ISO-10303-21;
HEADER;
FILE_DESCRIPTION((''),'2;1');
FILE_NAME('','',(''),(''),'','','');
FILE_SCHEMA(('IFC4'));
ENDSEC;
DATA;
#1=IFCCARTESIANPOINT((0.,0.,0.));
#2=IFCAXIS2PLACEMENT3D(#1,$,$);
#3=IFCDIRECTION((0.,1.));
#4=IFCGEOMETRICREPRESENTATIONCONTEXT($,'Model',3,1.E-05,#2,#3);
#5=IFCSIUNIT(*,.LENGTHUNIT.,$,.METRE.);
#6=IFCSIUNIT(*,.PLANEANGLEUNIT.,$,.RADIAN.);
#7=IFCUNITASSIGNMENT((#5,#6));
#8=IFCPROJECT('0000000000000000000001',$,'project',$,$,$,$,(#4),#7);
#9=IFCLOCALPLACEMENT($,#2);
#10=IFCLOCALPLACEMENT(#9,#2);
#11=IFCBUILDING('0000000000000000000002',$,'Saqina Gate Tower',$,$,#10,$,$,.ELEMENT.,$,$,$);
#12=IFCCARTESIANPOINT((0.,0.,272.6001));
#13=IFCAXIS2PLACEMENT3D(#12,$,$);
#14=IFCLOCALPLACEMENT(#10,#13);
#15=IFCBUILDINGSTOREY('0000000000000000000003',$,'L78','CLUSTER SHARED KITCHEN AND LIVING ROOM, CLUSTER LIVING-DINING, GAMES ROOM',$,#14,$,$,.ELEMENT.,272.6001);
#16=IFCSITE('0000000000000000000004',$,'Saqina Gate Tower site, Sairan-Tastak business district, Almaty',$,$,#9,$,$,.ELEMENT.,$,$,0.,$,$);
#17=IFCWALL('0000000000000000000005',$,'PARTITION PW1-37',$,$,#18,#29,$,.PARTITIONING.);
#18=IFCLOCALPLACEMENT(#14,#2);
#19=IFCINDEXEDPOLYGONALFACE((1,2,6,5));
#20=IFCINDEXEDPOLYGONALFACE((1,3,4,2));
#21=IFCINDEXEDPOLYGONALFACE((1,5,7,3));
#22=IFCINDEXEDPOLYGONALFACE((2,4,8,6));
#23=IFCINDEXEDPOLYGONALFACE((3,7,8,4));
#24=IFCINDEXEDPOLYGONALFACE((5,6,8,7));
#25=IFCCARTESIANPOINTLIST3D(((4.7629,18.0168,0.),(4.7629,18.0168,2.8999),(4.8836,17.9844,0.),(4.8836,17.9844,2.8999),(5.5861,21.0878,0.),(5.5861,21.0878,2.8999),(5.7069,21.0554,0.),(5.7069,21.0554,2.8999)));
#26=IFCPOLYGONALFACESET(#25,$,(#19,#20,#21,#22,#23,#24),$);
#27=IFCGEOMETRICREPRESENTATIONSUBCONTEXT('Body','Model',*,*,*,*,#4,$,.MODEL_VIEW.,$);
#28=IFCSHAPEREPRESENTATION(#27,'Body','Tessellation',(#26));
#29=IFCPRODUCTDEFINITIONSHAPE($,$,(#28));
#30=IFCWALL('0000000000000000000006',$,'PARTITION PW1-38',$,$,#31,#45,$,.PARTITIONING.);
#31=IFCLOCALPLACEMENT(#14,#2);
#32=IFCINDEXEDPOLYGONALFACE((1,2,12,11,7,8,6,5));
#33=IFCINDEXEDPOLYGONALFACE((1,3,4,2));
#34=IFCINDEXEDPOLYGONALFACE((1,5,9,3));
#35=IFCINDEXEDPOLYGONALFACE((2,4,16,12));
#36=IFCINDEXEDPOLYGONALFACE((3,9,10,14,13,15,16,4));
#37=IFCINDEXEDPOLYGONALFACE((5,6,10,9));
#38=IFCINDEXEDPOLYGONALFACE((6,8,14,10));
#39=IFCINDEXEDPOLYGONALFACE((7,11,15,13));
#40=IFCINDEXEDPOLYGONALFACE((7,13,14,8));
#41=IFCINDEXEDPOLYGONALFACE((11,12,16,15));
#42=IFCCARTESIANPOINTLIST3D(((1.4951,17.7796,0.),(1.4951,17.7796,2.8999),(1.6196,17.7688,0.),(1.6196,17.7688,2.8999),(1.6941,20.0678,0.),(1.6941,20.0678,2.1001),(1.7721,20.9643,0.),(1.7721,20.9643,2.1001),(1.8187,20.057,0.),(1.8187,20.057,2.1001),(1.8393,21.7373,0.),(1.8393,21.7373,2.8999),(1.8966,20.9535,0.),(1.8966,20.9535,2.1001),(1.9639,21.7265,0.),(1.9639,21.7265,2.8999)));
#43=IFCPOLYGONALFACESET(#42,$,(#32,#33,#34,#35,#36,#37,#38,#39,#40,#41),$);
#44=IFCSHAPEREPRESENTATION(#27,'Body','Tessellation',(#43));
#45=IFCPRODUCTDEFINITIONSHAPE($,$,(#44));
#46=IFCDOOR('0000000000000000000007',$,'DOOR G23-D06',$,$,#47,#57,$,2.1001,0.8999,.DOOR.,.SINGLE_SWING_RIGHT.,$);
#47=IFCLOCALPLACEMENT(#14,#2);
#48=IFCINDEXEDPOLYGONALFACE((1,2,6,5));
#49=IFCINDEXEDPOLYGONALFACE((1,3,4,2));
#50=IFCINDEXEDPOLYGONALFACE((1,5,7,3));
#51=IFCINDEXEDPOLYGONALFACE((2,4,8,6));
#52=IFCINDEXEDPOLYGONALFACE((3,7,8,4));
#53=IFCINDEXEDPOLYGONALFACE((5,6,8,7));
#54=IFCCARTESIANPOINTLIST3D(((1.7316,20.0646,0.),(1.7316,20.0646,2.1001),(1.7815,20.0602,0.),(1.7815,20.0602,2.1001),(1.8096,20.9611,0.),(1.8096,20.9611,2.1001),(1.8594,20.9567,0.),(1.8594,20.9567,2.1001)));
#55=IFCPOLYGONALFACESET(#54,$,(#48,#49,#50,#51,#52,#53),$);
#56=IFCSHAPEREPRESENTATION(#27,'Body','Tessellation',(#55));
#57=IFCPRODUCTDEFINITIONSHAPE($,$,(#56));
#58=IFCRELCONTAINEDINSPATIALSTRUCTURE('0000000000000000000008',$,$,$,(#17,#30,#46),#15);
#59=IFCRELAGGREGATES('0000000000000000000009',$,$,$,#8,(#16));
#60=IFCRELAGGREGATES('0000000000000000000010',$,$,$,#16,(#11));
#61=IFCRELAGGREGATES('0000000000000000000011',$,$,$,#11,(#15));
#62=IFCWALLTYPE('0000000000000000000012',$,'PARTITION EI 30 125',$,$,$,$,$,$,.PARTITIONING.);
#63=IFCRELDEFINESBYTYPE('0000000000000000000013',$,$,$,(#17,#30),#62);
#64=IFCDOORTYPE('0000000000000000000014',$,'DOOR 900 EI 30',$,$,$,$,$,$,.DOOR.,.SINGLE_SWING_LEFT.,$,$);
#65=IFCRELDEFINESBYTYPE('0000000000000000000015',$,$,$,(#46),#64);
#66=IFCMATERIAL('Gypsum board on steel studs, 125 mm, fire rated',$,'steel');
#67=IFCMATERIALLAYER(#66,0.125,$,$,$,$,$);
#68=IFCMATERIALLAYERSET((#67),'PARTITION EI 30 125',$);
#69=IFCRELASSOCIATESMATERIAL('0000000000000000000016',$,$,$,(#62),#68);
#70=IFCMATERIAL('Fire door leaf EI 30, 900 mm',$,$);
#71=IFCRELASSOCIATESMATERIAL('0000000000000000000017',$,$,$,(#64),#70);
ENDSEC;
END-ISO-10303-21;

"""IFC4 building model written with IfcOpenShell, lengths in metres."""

from ifc_helpers import new_model, si_unit, direction, frame, frame_2d, origin, place, context, subcontext, project, spatial, rectangle, extrude, material, layer, layer_set, type_object, element, fill, save


model = new_model("IFC4")

# Units and contexts
model_context = context("Model", 3, precision=1e-05, world=origin(), true_north=direction((0.0, 1.0)))
body_context = subcontext(model_context, "Body", "Model", "MODEL_VIEW")
ifc_project = project(units=[si_unit("LENGTHUNIT", "METRE"), si_unit("PLANEANGLEUNIT", "RADIAN")], contexts=[model_context])

# Site, building, storey
site_placement = place(None, origin())
site = spatial("IfcSite", under=ifc_project, at=site_placement, Name="Saqina Gate Tower site, Sairan-Tastak business district, Almaty", CompositionType="ELEMENT", RefElevation=0.0)
building_placement = place(site_placement, origin())
building = spatial("IfcBuilding", under=site, at=building_placement, Name="Saqina Gate Tower", CompositionType="ELEMENT")
storey_placement = place(building_placement, frame((0.0, 0.0, 272.6001)))
storey = spatial("IfcBuildingStorey", under=building, at=storey_placement, Name="L78", Description="CLUSTER SHARED KITCHEN AND LIVING ROOM, CLUSTER LIVING-DINING, GAMES ROOM", CompositionType="ELEMENT", Elevation=272.6001)

# Wall
ifc_material_1 = material(Name="Gypsum board on steel studs, 125 mm, fire rated", Category="steel")
ifc_layer_1 = layer(ifc_material_1, 0.125)
ifc_layer_set_1 = layer_set([ifc_layer_1], Name="PARTITION EI 30 125")
wall_type_1 = type_object("IfcWallType", Name="PARTITION EI 30 125", PredefinedType="PARTITIONING", material=ifc_layer_set_1)
wall_1_placement = place(storey_placement, frame((4.8232, 18.0005, 0.0), z_axis=(0.0, 0.0, 1.0), x_axis=(0.258924, 0.965898, 0.0)))
element("IfcWall", 1, at=wall_1_placement, inside=storey, type_object=wall_type_1, Name="PARTITION PW1-37", PredefinedType="PARTITIONING", context=body_context, shape_type="SweptSolid", body=[
    extrude(rectangle(XDim=3.1794, YDim=0.125, at=frame_2d((1.5898, 0.0))), origin(), (0.0, 0.0, 1.0), 2.8999),
])

# Wall, opening, door
wall_2_placement = place(storey_placement, frame((1.5574, 17.7742, 0.0), z_axis=(0.0, 0.0, 1.0), x_axis=(0.086651, 0.996239, 0.0)))
wall_2 = element("IfcWall", 2, at=wall_2_placement, inside=storey, type_object=wall_type_1, Name="PARTITION PW1-38", PredefinedType="PARTITIONING", context=body_context, shape_type="SweptSolid", body=[
    extrude(rectangle(XDim=3.9727, YDim=0.125, at=frame_2d((1.9863, 0.0))), origin(), (0.0, 0.0, 1.0), 2.8999),
])
opening_1_placement = place(wall_2_placement, frame((2.2969, 0.0, 0.0)))
opening_1 = element("IfcOpeningElement", 3, at=opening_1_placement, cuts=wall_2, PredefinedType="OPENING", context=body_context, shape_type="SweptSolid", body=[
    extrude(rectangle(XDim=0.8999, YDim=2.1001, at=frame_2d((0.45, 1.05))), frame((0.0, 0.0745, 0.0), z_axis=(0.0, -1.0, 0.0), x_axis=(1.0, 0.0, 0.0)), (0.0, 0.0, 1.0), 0.1489),
])
ifc_material_2 = material(Name="Fire door leaf EI 30, 900 mm")
door_type_1 = type_object("IfcDoorType", Name="DOOR 900 EI 30", OperationType="SINGLE_SWING_LEFT", PredefinedType="DOOR", material=ifc_material_2)
door_1_placement = place(opening_1_placement, origin())
door_1 = element("IfcDoor", 4, at=door_1_placement, inside=storey, type_object=door_type_1, Name="DOOR G23-D06", OperationType="SINGLE_SWING_RIGHT", OverallHeight=2.1001, OverallWidth=0.8999, PredefinedType="DOOR", context=body_context, shape_type="SweptSolid", body=[
    extrude(rectangle(XDim=0.8999, YDim=2.1001, at=frame_2d((0.45, 1.05))), frame((0.0, 0.0249, 0.0), z_axis=(0.0, -1.0, 0.0), x_axis=(1.0, 0.0, 0.0)), (0.0, 0.0, 1.0), 0.05),
])
fill(opening_1, door_1)

save(model, "model.ifc")
